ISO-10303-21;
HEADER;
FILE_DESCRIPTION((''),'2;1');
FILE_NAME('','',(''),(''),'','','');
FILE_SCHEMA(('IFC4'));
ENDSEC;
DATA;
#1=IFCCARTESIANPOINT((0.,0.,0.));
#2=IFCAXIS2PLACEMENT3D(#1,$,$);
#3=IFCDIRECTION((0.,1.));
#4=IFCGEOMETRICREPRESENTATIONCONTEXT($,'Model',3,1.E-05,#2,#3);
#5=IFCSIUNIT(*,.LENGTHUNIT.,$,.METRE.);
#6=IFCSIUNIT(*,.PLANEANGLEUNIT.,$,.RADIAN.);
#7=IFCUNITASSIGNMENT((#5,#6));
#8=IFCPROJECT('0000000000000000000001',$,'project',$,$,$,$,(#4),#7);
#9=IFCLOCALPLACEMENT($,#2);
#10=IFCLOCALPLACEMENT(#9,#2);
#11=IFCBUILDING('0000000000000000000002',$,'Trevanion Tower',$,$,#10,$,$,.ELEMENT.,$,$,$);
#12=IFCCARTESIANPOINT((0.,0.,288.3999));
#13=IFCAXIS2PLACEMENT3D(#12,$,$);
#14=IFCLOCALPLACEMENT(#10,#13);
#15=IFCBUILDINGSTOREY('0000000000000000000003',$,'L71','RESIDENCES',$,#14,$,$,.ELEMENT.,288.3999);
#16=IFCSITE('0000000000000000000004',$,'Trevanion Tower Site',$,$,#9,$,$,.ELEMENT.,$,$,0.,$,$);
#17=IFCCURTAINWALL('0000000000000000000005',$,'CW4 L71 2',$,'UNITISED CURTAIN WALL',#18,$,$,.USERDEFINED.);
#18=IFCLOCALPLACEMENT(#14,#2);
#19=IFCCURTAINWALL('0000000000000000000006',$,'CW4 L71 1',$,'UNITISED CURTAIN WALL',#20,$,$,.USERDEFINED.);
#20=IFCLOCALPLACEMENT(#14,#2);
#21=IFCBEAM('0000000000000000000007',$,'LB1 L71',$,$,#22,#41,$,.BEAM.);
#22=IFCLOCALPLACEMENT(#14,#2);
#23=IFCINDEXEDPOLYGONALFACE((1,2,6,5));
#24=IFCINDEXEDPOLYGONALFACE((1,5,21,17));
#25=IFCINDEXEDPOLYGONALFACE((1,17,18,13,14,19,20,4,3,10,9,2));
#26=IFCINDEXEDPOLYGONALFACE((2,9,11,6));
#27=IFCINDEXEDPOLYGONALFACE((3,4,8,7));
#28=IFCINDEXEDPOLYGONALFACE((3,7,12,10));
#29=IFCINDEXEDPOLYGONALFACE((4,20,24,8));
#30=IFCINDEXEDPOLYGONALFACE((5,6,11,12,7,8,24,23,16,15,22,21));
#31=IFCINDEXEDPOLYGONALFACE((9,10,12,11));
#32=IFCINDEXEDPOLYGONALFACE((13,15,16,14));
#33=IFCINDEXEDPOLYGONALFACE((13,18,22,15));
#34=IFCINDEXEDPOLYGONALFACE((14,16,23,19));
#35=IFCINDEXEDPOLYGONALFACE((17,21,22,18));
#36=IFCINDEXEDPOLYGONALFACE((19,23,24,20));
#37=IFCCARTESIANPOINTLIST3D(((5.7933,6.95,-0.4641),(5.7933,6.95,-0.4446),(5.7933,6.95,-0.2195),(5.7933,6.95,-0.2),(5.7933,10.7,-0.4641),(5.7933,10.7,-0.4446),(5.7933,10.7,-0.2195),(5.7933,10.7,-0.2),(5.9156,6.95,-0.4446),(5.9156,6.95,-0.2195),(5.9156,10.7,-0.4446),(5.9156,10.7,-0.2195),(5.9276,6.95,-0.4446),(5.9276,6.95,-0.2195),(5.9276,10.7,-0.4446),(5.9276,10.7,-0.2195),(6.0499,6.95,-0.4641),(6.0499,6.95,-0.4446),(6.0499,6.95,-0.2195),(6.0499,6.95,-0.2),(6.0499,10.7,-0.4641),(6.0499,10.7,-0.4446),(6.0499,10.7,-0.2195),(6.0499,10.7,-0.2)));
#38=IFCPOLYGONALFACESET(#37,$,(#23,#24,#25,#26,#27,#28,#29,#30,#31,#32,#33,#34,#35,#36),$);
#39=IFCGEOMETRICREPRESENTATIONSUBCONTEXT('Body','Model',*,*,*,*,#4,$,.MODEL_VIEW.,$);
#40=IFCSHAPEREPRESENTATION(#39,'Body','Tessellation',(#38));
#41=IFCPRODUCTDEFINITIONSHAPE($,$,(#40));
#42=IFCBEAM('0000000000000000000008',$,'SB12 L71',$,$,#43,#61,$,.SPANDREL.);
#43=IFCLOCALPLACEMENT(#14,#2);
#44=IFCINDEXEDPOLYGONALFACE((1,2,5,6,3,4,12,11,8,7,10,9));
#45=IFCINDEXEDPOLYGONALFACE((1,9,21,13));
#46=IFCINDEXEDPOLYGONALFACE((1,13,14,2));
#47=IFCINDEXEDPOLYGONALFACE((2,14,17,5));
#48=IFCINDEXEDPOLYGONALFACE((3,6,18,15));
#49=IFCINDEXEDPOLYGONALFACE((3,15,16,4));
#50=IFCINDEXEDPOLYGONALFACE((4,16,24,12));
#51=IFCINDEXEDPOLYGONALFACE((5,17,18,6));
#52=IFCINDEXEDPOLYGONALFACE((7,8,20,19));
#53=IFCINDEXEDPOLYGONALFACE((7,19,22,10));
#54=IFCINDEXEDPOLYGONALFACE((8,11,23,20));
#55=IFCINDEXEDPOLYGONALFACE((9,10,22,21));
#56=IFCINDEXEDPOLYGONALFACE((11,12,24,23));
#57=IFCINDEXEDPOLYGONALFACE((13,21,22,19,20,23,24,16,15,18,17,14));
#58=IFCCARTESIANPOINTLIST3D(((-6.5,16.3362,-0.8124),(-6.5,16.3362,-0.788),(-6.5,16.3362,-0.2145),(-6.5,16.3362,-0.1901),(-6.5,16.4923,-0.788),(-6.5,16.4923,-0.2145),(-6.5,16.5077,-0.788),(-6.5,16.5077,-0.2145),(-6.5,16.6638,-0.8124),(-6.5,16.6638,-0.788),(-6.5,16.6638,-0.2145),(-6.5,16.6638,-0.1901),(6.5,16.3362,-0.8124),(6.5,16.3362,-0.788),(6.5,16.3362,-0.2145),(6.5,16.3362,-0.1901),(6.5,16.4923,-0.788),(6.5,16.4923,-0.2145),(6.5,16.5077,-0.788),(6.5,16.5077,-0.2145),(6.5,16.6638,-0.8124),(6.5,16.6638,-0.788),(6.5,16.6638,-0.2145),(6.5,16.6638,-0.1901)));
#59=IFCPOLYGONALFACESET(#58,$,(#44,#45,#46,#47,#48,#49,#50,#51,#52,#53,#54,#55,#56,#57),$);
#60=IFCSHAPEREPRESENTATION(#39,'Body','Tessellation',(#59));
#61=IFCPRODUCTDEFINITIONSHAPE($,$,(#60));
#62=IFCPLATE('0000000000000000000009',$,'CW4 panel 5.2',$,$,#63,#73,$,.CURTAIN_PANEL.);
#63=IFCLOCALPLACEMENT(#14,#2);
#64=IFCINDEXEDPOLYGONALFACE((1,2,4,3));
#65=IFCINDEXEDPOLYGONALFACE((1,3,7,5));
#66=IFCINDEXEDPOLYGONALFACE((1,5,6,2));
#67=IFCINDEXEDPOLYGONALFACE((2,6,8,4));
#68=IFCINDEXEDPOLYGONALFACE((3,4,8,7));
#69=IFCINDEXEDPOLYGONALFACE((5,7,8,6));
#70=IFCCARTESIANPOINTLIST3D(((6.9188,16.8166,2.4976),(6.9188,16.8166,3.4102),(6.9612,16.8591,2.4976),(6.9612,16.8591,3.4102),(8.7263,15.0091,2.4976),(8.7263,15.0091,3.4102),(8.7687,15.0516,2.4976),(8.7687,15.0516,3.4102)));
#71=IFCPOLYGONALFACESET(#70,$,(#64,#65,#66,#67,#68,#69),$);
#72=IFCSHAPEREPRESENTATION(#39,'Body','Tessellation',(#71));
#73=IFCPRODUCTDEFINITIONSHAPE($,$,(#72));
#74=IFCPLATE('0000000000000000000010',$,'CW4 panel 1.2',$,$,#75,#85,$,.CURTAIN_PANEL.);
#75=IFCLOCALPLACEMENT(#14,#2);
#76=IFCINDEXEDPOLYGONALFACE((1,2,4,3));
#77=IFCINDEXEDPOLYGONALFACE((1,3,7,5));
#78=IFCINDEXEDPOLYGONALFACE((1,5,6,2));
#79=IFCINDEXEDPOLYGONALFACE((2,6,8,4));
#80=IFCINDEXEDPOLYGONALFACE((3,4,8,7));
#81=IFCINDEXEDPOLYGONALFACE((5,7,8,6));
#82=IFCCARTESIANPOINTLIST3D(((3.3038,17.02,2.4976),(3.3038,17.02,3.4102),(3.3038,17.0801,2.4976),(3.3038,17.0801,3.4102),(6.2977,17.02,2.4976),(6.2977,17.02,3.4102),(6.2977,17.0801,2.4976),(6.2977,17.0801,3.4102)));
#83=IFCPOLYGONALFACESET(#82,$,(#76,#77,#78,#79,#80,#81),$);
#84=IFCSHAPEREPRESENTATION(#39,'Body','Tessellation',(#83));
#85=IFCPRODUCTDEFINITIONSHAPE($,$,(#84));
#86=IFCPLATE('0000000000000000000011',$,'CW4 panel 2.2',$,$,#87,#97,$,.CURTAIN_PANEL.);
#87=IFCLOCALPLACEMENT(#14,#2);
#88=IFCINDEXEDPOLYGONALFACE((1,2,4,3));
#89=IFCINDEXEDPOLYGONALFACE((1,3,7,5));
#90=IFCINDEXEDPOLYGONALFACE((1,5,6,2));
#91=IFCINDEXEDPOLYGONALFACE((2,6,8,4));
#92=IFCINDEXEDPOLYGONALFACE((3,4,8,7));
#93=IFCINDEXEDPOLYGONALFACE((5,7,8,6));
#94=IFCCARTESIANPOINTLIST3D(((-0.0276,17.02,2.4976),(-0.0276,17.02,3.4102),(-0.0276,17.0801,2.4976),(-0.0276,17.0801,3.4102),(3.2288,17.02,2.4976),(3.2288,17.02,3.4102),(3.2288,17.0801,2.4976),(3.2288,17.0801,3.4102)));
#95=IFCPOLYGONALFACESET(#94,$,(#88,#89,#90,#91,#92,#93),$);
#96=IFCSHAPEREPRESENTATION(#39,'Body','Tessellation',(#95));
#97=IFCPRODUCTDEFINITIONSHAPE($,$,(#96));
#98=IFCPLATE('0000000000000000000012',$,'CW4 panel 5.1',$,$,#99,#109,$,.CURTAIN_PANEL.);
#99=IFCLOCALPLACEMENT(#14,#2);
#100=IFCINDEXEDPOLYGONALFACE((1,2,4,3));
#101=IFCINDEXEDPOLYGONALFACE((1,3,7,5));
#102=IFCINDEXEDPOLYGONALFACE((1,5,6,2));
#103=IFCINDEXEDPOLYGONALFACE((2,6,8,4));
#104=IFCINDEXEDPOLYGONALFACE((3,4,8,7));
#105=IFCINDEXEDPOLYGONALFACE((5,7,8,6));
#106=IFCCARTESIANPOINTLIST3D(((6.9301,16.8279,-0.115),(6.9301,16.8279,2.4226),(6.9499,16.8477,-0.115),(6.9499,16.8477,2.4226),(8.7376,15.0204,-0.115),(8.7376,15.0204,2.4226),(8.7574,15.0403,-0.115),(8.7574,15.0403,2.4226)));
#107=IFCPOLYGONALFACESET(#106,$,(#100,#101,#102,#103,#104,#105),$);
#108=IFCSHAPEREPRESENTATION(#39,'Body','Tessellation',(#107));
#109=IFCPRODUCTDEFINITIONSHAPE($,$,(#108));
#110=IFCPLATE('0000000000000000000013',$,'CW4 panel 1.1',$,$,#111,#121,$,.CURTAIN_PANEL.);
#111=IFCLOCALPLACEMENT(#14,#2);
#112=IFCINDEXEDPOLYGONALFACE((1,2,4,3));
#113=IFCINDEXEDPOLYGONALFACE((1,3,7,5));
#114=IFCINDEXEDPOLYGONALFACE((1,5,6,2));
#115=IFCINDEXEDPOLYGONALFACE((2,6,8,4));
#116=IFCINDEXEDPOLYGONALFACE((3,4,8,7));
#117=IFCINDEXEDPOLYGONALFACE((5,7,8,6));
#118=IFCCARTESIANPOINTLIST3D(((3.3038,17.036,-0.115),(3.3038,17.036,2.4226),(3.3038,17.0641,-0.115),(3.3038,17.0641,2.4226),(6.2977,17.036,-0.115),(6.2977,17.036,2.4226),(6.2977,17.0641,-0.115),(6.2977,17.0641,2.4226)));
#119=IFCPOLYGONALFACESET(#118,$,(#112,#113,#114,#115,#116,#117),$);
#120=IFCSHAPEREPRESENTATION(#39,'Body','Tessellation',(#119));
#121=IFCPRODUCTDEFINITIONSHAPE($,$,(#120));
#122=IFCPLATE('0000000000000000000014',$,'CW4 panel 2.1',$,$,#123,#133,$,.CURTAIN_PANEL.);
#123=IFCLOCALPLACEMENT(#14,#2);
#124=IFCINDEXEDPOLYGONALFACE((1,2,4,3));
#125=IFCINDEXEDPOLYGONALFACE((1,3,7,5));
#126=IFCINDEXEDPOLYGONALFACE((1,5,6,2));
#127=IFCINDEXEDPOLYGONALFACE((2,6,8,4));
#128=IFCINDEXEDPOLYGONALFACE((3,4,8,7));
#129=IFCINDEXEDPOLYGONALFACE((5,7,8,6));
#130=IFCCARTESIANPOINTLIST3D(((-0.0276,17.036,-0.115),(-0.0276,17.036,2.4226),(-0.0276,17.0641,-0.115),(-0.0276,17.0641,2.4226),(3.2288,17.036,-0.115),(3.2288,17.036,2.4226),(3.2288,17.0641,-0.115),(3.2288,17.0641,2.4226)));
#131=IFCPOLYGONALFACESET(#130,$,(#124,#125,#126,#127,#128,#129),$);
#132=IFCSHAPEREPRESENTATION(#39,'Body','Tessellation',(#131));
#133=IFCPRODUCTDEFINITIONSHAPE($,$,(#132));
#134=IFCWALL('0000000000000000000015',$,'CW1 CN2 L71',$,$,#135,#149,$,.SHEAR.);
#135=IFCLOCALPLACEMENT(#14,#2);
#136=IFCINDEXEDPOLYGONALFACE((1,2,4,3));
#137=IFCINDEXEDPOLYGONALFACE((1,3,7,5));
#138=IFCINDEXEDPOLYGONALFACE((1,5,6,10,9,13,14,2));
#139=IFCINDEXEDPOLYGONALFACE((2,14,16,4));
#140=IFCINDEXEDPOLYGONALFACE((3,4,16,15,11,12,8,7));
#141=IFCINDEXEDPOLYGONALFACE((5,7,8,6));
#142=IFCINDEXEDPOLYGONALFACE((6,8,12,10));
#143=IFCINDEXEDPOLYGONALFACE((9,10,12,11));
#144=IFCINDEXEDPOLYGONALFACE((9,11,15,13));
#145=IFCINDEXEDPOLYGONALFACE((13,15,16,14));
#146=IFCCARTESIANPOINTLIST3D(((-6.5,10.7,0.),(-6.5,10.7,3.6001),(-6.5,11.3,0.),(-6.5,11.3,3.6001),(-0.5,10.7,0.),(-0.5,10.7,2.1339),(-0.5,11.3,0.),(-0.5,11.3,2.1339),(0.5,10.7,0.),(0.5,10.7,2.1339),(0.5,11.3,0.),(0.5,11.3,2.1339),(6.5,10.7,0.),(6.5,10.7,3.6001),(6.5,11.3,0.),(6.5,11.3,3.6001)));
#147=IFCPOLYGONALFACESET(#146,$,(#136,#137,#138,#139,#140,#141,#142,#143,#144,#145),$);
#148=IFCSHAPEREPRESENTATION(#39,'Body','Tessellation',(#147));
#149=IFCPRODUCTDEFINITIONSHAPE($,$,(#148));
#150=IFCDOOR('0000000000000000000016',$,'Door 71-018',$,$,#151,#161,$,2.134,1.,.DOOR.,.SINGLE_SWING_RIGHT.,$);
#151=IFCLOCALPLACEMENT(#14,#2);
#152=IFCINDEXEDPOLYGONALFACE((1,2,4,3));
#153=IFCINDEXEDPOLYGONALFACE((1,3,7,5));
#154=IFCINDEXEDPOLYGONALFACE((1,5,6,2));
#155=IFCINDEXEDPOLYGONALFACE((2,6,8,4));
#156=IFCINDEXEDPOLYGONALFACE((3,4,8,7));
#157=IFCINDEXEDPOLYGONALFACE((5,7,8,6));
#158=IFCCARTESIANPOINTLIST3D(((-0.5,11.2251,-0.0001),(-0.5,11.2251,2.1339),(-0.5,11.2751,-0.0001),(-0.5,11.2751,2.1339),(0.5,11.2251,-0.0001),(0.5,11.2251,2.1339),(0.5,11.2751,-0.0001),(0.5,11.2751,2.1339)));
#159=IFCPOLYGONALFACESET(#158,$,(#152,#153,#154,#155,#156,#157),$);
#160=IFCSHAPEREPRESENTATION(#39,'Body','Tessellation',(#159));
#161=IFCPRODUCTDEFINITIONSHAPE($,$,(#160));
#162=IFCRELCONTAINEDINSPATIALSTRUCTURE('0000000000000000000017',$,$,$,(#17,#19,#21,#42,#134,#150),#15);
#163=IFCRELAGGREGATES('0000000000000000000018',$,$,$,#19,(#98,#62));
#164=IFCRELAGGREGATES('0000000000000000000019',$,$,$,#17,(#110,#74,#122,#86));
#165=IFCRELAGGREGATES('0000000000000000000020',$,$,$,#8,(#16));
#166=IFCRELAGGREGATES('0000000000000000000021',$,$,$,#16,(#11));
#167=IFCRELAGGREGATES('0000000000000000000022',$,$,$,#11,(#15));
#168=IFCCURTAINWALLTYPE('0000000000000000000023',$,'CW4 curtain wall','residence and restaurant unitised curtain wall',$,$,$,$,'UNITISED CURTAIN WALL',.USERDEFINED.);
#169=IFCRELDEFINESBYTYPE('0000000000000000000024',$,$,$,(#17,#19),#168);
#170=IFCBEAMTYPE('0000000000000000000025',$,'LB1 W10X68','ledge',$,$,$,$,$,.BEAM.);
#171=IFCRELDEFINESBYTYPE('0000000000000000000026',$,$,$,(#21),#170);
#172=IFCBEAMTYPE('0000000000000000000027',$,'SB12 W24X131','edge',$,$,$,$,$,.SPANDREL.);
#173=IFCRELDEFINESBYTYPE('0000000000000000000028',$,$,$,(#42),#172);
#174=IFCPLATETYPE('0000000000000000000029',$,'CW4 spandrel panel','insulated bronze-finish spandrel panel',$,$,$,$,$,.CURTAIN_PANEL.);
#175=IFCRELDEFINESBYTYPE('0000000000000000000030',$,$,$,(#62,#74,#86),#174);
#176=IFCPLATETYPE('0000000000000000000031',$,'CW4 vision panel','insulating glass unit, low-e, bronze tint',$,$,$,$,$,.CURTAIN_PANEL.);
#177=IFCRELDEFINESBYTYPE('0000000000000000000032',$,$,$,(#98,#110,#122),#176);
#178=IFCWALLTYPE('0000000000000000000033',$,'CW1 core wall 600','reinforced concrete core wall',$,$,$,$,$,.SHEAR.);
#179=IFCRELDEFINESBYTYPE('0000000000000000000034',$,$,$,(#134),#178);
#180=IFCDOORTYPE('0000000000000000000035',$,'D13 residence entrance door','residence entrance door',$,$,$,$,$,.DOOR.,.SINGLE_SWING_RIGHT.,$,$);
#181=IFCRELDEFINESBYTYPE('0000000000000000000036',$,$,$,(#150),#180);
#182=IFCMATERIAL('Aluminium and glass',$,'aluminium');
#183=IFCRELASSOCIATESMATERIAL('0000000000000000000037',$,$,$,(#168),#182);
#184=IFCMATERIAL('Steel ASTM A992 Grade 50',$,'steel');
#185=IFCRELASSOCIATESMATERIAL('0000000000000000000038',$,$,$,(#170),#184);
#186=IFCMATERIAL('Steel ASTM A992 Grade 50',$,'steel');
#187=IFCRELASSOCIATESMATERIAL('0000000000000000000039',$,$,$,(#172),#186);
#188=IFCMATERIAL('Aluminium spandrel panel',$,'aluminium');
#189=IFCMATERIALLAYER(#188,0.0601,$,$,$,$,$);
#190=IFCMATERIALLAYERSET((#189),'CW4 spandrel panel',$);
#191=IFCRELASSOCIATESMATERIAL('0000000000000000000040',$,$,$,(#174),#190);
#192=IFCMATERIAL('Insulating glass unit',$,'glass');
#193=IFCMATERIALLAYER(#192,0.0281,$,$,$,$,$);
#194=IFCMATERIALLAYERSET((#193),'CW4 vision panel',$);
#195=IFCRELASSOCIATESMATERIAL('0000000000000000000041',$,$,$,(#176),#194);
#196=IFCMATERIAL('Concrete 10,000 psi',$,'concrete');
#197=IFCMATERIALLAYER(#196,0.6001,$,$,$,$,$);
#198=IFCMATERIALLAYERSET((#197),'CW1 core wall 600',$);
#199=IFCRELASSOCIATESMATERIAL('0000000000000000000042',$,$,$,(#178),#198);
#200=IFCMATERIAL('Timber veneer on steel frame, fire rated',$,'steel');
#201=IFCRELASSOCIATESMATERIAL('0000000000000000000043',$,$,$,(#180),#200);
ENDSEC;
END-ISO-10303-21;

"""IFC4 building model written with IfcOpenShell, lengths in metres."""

from ifc_helpers import new_model, si_unit, direction, frame, frame_2d, origin, origin_2d, place, context, subcontext, project, spatial, rectangle, i_section, extrude, material, layer, layer_set, material_profile, profile_set, type_object, element, fill, aggregate, save


model = new_model("IFC4")

# Units and contexts
model_context = context("Model", 3, precision=1e-05, world=origin(), true_north=direction((0.0, 1.0)))
body_context = subcontext(model_context, "Body", "Model", "MODEL_VIEW")
ifc_project = project(units=[si_unit("LENGTHUNIT", "METRE"), si_unit("PLANEANGLEUNIT", "RADIAN")], contexts=[model_context])

# Site, building, storey
site_placement = place(None, origin())
site = spatial("IfcSite", under=ifc_project, at=site_placement, Name="Trevanion Tower Site", CompositionType="ELEMENT", RefElevation=0.0)
building_placement = place(site_placement, origin())
building = spatial("IfcBuilding", under=site, at=building_placement, Name="Trevanion Tower", CompositionType="ELEMENT")
storey_placement = place(building_placement, frame((0.0, 0.0, 288.3999)))
storey = spatial("IfcBuildingStorey", under=building, at=storey_placement, Name="L71", Description="RESIDENCES", CompositionType="ELEMENT", Elevation=288.3999)

# Curtain walls
ifc_material_1 = material(Name="Aluminium and glass", Category="aluminium")
curtain_wall_type = type_object("IfcCurtainWallType", Name="CW4 curtain wall", Description="residence and restaurant unitised curtain wall", ElementType="UNITISED CURTAIN WALL", PredefinedType="USERDEFINED", material=ifc_material_1)
curtain_wall_1_placement = place(storey_placement, origin())
curtain_wall_1 = element("IfcCurtainWall", 1, at=curtain_wall_1_placement, inside=storey, type_object=curtain_wall_type, Name="CW4 L71 2", ObjectType="UNITISED CURTAIN WALL", PredefinedType="USERDEFINED")
curtain_wall_2_placement = place(storey_placement, origin())
curtain_wall_2 = element("IfcCurtainWall", 2, at=curtain_wall_2_placement, inside=storey, type_object=curtain_wall_type, Name="CW4 L71 1", ObjectType="UNITISED CURTAIN WALL", PredefinedType="USERDEFINED")

# Beams
ifc_material_2 = material(Name="Steel ASTM A992 Grade 50", Category="steel")
ifc_material_profile_1 = material_profile(ifc_material_2, i_section(OverallWidth=0.2566, OverallDepth=0.2642, WebThickness=0.012, FlangeThickness=0.0195, at=origin_2d()), Name="W10X68")
ifc_profile_set_1 = profile_set([ifc_material_profile_1], Name="Steel ASTM A992 Grade 50")
beam_type_1 = type_object("IfcBeamType", Name="LB1 W10X68", Description="ledge", PredefinedType="BEAM", material=ifc_profile_set_1)
beam_1_placement = place(storey_placement, frame((5.9216, 6.95, -0.332), z_axis=(0.0, 1.0, 0.0), x_axis=(-1.0, 0.0, 0.0)))
element("IfcBeam", 3, at=beam_1_placement, inside=storey, type_object=beam_type_1, Name="LB1 L71", PredefinedType="BEAM", context=body_context, shape_type="SweptSolid", body=[
    extrude(i_section(OverallWidth=0.2566, OverallDepth=0.2642, WebThickness=0.012, FlangeThickness=0.0195, at=origin_2d()), origin(), (0.0, 0.0, 1.0), 3.75),
])
ifc_material_3 = material(Name="Steel ASTM A992 Grade 50", Category="steel")
ifc_material_profile_2 = material_profile(ifc_material_3, i_section(OverallWidth=0.3276, OverallDepth=0.6223, WebThickness=0.0154, FlangeThickness=0.0244, at=origin_2d()), Name="W24X131")
ifc_profile_set_2 = profile_set([ifc_material_profile_2], Name="Steel ASTM A992 Grade 50")
beam_type_2 = type_object("IfcBeamType", Name="SB12 W24X131", Description="edge", PredefinedType="SPANDREL", material=ifc_profile_set_2)
beam_2_placement = place(storey_placement, frame((6.5, 16.5, -0.5012), z_axis=(-1.0, 0.0, 0.0), x_axis=(0.0, -1.0, 0.0)))
element("IfcBeam", 4, at=beam_2_placement, inside=storey, type_object=beam_type_2, Name="SB12 L71", PredefinedType="SPANDREL", context=body_context, shape_type="SweptSolid", body=[
    extrude(i_section(OverallWidth=0.3276, OverallDepth=0.6223, WebThickness=0.0154, FlangeThickness=0.0244, at=origin_2d()), origin(), (0.0, 0.0, 1.0), 13.0),
])

# Plates
ifc_material_4 = material(Name="Aluminium spandrel panel", Category="aluminium")
ifc_layer_1 = layer(ifc_material_4, 0.0601)
ifc_layer_set_1 = layer_set([ifc_layer_1], Name="CW4 spandrel panel")
plate_type_1 = type_object("IfcPlateType", Name="CW4 spandrel panel", Description="insulated bronze-finish spandrel panel", PredefinedType="CURTAIN_PANEL", material=ifc_layer_set_1)
plate_1_placement = place(storey_placement, frame((7.8438, 15.9341, 2.4976), z_axis=(0.0, 0.0, 1.0), x_axis=(-0.707107, 0.707107, 0.0)))
plate_1 = element("IfcPlate", 5, at=plate_1_placement, type_object=plate_type_1, Name="CW4 panel 5.2", PredefinedType="CURTAIN_PANEL", context=body_context, shape_type="SweptSolid", body=[
    extrude(rectangle(XDim=2.5562, YDim=0.0601, at=origin_2d()), origin(), (0.0, 0.0, 1.0), 0.9126),
])
plate_2_placement = place(storey_placement, frame((4.8008, 17.05, 2.4976), z_axis=(0.0, 0.0, 1.0), x_axis=(-1.0, 0.0, 0.0)))
plate_2 = element("IfcPlate", 6, at=plate_2_placement, type_object=plate_type_1, Name="CW4 panel 1.2", PredefinedType="CURTAIN_PANEL", context=body_context, shape_type="SweptSolid", body=[
    extrude(rectangle(XDim=2.9939, YDim=0.0601, at=origin_2d()), origin(), (0.0, 0.0, 1.0), 0.9126),
])
plate_3_placement = place(storey_placement, frame((1.6006, 17.05, 2.4976), z_axis=(0.0, 0.0, 1.0), x_axis=(-1.0, 0.0, 0.0)))
plate_3 = element("IfcPlate", 7, at=plate_3_placement, type_object=plate_type_1, Name="CW4 panel 2.2", PredefinedType="CURTAIN_PANEL", context=body_context, shape_type="SweptSolid", body=[
    extrude(rectangle(XDim=3.2563, YDim=0.0601, at=origin_2d()), origin(), (0.0, 0.0, 1.0), 0.9126),
])
ifc_material_5 = material(Name="Insulating glass unit", Category="glass")
ifc_layer_2 = layer(ifc_material_5, 0.0281)
ifc_layer_set_2 = layer_set([ifc_layer_2], Name="CW4 vision panel")
plate_type_2 = type_object("IfcPlateType", Name="CW4 vision panel", Description="insulating glass unit, low-e, bronze tint", PredefinedType="CURTAIN_PANEL", material=ifc_layer_set_2)
plate_4_placement = place(storey_placement, frame((7.8438, 15.9341, -0.115), z_axis=(0.0, 0.0, 1.0), x_axis=(-0.707107, 0.707107, 0.0)))
plate_4 = element("IfcPlate", 8, at=plate_4_placement, type_object=plate_type_2, Name="CW4 panel 5.1", PredefinedType="CURTAIN_PANEL", context=body_context, shape_type="SweptSolid", body=[
    extrude(rectangle(XDim=2.5562, YDim=0.0281, at=origin_2d()), origin(), (0.0, 0.0, 1.0), 2.5376),
])
aggregate(curtain_wall_2, [plate_4, plate_1])
plate_5_placement = place(storey_placement, frame((4.8008, 17.05, -0.115), z_axis=(0.0, 0.0, 1.0), x_axis=(-1.0, 0.0, 0.0)))
plate_5 = element("IfcPlate", 9, at=plate_5_placement, type_object=plate_type_2, Name="CW4 panel 1.1", PredefinedType="CURTAIN_PANEL", context=body_context, shape_type="SweptSolid", body=[
    extrude(rectangle(XDim=2.9939, YDim=0.0281, at=origin_2d()), origin(), (0.0, 0.0, 1.0), 2.5376),
])
plate_6_placement = place(storey_placement, frame((1.6006, 17.05, -0.115), z_axis=(0.0, 0.0, 1.0), x_axis=(-1.0, 0.0, 0.0)))
plate_6 = element("IfcPlate", 10, at=plate_6_placement, type_object=plate_type_2, Name="CW4 panel 2.1", PredefinedType="CURTAIN_PANEL", context=body_context, shape_type="SweptSolid", body=[
    extrude(rectangle(XDim=3.2563, YDim=0.0281, at=origin_2d()), origin(), (0.0, 0.0, 1.0), 2.5376),
])
aggregate(curtain_wall_1, [plate_5, plate_2, plate_6, plate_3])

# Wall, opening, door
ifc_material_6 = material(Name="Concrete 10,000 psi", Category="concrete")
ifc_layer_3 = layer(ifc_material_6, 0.6001)
ifc_layer_set_3 = layer_set([ifc_layer_3], Name="CW1 core wall 600")
wall_type_1 = type_object("IfcWallType", Name="CW1 core wall 600", Description="reinforced concrete core wall", PredefinedType="SHEAR", material=ifc_layer_set_3)
wall_1_placement = place(storey_placement, frame((6.5, 11.0, 0.0), z_axis=(0.0, 0.0, 1.0), x_axis=(-1.0, 0.0, 0.0)))
wall_1 = element("IfcWall", 11, at=wall_1_placement, inside=storey, type_object=wall_type_1, Name="CW1 CN2 L71", PredefinedType="SHEAR", context=body_context, shape_type="SweptSolid", body=[
    extrude(rectangle(XDim=13.0, YDim=0.6001, at=frame_2d((6.5, 0.0))), origin(), (0.0, 0.0, 1.0), 3.6001),
])
opening_1_placement = place(wall_1_placement, frame((6.0, 0.0, 0.0)))
opening_1 = element("IfcOpeningElement", 12, at=opening_1_placement, cuts=wall_1, PredefinedType="OPENING", context=body_context, shape_type="SweptSolid", body=[
    extrude(rectangle(XDim=1.0, YDim=2.134, at=frame_2d((0.5, 1.0669))), frame((0.0, 0.3101, 0.0), z_axis=(0.0, -1.0, 0.0), x_axis=(1.0, 0.0, 0.0)), (0.0, 0.0, 1.0), 0.6201),
])
ifc_material_7 = material(Name="Timber veneer on steel frame, fire rated", Category="steel")
door_type_1 = type_object("IfcDoorType", Name="D13 residence entrance door", Description="residence entrance door", OperationType="SINGLE_SWING_RIGHT", PredefinedType="DOOR", material=ifc_material_7)
door_1_placement = place(opening_1_placement, origin())
door_1 = element("IfcDoor", 13, at=door_1_placement, inside=storey, type_object=door_type_1, Name="Door 71-018", OperationType="SINGLE_SWING_RIGHT", OverallHeight=2.134, OverallWidth=1.0, PredefinedType="DOOR", context=body_context, shape_type="SweptSolid", body=[
    extrude(rectangle(XDim=1.0, YDim=2.134, at=frame_2d((0.5, 1.0669))), frame((0.0, -0.2251, 0.0), z_axis=(0.0, -1.0, 0.0), x_axis=(1.0, 0.0, 0.0)), (0.0, 0.0, 1.0), 0.05),
])
fill(opening_1, door_1)

save(model, "model.ifc")
